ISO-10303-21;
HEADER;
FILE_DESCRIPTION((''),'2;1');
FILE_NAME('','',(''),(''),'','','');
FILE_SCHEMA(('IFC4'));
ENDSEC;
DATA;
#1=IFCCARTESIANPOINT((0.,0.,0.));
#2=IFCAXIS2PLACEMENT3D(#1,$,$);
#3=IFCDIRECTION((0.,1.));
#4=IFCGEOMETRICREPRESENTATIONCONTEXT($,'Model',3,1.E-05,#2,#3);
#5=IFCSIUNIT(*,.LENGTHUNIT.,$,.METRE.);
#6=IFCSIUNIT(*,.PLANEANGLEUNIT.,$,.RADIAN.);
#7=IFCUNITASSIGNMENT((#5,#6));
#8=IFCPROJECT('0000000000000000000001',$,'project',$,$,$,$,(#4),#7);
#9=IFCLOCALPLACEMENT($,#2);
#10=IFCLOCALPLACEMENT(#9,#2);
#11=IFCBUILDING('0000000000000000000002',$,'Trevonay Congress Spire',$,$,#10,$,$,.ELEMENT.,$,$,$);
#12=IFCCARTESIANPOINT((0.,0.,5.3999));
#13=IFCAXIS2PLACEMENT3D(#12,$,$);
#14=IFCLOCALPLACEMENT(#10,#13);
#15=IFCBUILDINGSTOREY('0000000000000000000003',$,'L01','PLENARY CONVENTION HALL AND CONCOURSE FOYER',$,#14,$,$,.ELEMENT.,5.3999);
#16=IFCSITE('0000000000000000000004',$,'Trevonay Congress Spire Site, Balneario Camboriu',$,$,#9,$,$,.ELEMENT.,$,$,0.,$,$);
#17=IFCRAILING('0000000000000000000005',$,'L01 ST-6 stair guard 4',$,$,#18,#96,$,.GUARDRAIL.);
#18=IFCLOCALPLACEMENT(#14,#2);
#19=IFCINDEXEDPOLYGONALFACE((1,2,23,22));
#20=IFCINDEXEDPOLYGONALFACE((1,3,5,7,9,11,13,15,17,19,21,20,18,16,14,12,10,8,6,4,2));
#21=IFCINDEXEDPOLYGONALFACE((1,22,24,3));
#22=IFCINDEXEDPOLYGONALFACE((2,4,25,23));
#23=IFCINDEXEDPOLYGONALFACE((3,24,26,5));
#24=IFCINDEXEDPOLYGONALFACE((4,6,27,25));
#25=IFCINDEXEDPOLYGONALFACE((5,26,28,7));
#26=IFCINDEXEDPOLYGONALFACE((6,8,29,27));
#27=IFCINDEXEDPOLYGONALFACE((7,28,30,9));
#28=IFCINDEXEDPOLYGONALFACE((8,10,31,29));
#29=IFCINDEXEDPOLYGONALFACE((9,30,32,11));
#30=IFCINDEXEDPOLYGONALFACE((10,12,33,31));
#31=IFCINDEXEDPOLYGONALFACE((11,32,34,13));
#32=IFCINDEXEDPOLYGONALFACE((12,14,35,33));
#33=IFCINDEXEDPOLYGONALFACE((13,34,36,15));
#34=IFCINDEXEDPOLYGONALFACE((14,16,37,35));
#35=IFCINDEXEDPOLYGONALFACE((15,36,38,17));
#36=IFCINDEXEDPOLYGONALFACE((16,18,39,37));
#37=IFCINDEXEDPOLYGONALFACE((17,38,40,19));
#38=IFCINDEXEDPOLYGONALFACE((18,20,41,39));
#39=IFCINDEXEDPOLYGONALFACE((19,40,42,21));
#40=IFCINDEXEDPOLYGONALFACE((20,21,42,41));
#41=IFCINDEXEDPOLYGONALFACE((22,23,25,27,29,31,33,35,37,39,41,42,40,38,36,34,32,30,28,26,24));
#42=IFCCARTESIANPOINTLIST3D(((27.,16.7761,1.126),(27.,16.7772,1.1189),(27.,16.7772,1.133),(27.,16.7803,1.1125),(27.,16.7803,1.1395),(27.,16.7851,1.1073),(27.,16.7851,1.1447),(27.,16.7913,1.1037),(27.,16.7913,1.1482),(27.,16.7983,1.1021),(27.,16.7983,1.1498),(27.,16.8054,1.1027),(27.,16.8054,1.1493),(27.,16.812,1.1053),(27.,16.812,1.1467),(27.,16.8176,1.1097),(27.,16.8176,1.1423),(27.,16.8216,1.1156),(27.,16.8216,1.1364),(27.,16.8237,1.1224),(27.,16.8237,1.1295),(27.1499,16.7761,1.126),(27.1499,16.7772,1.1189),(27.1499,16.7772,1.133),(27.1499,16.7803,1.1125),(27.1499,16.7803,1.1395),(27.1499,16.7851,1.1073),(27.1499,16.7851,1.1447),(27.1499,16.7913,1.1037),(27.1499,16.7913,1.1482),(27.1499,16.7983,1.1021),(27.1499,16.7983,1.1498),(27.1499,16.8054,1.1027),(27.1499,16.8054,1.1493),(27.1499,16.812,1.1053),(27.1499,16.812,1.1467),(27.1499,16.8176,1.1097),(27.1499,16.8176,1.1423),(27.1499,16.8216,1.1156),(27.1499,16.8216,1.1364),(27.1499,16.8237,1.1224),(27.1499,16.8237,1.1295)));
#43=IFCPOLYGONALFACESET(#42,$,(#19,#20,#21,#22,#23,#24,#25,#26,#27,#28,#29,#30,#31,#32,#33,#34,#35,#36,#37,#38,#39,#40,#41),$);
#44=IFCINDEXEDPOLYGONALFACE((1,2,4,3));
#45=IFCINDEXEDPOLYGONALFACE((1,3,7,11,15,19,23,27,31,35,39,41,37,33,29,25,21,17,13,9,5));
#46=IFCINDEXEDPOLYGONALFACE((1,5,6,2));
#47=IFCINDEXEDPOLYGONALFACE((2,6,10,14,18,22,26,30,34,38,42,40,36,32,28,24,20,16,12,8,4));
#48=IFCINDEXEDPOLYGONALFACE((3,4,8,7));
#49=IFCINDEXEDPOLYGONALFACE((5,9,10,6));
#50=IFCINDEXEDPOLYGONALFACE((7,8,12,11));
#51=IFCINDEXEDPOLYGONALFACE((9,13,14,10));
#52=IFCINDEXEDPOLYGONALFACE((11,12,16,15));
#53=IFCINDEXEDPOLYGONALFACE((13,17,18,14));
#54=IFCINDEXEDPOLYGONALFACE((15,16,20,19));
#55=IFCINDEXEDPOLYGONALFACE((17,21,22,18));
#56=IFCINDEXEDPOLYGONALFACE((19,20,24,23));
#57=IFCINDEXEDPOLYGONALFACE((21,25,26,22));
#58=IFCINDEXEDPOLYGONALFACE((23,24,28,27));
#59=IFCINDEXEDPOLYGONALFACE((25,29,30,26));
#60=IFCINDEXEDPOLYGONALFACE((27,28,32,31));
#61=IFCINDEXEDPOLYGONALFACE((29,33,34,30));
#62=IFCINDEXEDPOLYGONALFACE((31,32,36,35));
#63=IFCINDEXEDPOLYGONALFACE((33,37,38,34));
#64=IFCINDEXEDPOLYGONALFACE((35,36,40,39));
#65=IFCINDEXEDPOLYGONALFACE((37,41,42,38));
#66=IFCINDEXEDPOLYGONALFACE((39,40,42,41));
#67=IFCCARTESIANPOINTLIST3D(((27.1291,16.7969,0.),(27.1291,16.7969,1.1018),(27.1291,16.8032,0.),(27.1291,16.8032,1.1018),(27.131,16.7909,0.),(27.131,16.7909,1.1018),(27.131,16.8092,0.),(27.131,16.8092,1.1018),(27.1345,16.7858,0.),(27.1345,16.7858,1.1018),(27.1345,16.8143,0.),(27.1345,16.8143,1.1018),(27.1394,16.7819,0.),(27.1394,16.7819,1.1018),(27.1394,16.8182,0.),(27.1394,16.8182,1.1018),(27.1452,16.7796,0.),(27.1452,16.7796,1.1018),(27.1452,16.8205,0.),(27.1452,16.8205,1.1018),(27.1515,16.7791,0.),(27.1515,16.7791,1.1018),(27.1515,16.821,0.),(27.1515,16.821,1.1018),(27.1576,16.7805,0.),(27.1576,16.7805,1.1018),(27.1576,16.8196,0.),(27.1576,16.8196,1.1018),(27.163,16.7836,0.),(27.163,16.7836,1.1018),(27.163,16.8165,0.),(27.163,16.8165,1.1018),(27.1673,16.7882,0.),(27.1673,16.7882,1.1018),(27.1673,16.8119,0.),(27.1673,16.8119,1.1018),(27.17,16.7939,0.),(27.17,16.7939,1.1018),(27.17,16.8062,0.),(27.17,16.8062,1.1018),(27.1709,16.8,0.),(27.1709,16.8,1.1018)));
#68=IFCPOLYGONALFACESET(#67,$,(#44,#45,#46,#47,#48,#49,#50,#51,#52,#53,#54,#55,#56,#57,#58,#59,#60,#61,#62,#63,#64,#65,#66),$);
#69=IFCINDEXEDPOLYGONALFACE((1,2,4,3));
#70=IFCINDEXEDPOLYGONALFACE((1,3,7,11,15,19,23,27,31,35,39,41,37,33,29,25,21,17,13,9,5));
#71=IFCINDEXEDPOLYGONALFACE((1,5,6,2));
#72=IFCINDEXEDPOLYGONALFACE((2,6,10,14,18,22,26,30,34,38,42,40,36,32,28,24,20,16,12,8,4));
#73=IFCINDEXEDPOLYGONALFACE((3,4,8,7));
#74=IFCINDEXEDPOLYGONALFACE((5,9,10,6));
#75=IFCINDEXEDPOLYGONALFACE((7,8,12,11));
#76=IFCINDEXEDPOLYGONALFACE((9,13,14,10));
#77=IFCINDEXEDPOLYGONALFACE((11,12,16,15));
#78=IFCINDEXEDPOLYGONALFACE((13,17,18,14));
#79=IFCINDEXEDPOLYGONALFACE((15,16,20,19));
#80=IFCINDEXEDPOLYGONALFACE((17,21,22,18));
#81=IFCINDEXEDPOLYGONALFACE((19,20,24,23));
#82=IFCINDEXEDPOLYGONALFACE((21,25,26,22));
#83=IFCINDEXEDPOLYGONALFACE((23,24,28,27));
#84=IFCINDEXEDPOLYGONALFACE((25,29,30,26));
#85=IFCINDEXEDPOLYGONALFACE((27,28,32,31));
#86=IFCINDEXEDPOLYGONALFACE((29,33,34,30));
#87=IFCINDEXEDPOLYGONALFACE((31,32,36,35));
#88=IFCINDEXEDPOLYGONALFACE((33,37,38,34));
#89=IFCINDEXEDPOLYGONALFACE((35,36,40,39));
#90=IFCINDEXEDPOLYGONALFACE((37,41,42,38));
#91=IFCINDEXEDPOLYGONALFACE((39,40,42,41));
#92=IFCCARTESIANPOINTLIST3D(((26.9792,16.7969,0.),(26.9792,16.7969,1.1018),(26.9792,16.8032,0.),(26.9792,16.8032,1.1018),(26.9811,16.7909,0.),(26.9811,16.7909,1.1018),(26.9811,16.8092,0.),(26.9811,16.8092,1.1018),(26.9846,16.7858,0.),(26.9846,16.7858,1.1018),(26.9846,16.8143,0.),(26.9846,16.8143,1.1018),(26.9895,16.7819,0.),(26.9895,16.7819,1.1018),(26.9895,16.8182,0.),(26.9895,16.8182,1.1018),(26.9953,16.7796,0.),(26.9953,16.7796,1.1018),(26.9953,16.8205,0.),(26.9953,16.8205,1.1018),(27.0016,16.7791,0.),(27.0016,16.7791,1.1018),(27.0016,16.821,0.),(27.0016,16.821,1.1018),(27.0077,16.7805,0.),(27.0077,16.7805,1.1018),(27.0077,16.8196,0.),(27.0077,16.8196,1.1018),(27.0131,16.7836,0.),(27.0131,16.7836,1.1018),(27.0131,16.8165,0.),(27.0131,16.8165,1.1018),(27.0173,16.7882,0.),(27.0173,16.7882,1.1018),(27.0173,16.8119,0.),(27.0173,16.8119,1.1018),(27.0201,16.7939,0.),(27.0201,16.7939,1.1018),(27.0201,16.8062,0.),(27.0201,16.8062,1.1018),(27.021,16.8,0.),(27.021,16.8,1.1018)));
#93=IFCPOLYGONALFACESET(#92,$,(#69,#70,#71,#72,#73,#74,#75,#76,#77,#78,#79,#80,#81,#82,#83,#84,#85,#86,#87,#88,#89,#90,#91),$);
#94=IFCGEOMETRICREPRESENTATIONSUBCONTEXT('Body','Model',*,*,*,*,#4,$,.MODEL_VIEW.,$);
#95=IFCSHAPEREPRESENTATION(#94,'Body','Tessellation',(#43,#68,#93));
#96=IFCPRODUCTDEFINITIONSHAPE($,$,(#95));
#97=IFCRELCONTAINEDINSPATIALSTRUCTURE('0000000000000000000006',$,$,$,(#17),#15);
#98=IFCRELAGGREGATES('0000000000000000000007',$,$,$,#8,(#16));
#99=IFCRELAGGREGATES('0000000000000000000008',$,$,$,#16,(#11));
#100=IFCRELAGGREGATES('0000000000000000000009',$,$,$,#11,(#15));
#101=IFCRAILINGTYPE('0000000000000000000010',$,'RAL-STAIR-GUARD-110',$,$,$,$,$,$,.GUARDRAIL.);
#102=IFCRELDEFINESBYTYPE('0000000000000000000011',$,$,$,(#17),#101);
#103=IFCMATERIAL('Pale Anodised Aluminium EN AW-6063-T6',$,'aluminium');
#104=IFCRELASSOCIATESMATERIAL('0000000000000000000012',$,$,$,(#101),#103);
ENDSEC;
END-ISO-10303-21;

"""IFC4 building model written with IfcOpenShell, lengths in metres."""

from ifc_helpers import new_model, si_unit, direction, frame, origin, origin_2d, place, context, subcontext, project, spatial, circle, extrude, material, type_object, element, save


model = new_model("IFC4")

# Units and contexts
model_context = context("Model", 3, precision=1e-05, world=origin(), true_north=direction((0.0, 1.0)))
body_context = subcontext(model_context, "Body", "Model", "MODEL_VIEW")
ifc_project = project(units=[si_unit("LENGTHUNIT", "METRE"), si_unit("PLANEANGLEUNIT", "RADIAN")], contexts=[model_context])

# Site, building, storey
site_placement = place(None, origin())
site = spatial("IfcSite", under=ifc_project, at=site_placement, Name="Trevonay Congress Spire Site, Balneario Camboriu", CompositionType="ELEMENT", RefElevation=0.0)
building_placement = place(site_placement, origin())
building = spatial("IfcBuilding", under=site, at=building_placement, Name="Trevonay Congress Spire", CompositionType="ELEMENT")
storey_placement = place(building_placement, frame((0.0, 0.0, 5.3999)))
storey = spatial("IfcBuildingStorey", under=building, at=storey_placement, Name="L01", Description="PLENARY CONVENTION HALL AND CONCOURSE FOYER", CompositionType="ELEMENT", Elevation=5.3999)

# Shared definitions
ifc_material_1 = material(Name="Pale Anodised Aluminium EN AW-6063-T6", Category="aluminium")

# Railing
railing_type_1 = type_object("IfcRailingType", Name="RAL-STAIR-GUARD-110", PredefinedType="GUARDRAIL", material=ifc_material_1)
railing_1_placement = place(storey_placement, frame((27.1499, 16.8, 0.0)))
element("IfcRailing", 1, at=railing_1_placement, inside=storey, type_object=railing_type_1, Name="L01 ST-6 stair guard 4", PredefinedType="GUARDRAIL", context=body_context, shape_type="SweptSolid", body=[
    extrude(circle(Radius=0.0239, at=origin_2d()), frame((0.0, 0.0, 1.126), z_axis=(-1.0, 0.0, 0.0), x_axis=(0.0, -1.0, 0.0)), (0.0, 0.0, 1.0), 0.1499),
    extrude(circle(Radius=0.021, at=origin_2d()), origin(), (0.0, 0.0, 1.0), 1.1018),
    extrude(circle(Radius=0.021, at=origin_2d()), frame((-0.1499, 0.0, 0.0)), (0.0, 0.0, 1.0), 1.1018),
])

save(model, "model.ifc")
